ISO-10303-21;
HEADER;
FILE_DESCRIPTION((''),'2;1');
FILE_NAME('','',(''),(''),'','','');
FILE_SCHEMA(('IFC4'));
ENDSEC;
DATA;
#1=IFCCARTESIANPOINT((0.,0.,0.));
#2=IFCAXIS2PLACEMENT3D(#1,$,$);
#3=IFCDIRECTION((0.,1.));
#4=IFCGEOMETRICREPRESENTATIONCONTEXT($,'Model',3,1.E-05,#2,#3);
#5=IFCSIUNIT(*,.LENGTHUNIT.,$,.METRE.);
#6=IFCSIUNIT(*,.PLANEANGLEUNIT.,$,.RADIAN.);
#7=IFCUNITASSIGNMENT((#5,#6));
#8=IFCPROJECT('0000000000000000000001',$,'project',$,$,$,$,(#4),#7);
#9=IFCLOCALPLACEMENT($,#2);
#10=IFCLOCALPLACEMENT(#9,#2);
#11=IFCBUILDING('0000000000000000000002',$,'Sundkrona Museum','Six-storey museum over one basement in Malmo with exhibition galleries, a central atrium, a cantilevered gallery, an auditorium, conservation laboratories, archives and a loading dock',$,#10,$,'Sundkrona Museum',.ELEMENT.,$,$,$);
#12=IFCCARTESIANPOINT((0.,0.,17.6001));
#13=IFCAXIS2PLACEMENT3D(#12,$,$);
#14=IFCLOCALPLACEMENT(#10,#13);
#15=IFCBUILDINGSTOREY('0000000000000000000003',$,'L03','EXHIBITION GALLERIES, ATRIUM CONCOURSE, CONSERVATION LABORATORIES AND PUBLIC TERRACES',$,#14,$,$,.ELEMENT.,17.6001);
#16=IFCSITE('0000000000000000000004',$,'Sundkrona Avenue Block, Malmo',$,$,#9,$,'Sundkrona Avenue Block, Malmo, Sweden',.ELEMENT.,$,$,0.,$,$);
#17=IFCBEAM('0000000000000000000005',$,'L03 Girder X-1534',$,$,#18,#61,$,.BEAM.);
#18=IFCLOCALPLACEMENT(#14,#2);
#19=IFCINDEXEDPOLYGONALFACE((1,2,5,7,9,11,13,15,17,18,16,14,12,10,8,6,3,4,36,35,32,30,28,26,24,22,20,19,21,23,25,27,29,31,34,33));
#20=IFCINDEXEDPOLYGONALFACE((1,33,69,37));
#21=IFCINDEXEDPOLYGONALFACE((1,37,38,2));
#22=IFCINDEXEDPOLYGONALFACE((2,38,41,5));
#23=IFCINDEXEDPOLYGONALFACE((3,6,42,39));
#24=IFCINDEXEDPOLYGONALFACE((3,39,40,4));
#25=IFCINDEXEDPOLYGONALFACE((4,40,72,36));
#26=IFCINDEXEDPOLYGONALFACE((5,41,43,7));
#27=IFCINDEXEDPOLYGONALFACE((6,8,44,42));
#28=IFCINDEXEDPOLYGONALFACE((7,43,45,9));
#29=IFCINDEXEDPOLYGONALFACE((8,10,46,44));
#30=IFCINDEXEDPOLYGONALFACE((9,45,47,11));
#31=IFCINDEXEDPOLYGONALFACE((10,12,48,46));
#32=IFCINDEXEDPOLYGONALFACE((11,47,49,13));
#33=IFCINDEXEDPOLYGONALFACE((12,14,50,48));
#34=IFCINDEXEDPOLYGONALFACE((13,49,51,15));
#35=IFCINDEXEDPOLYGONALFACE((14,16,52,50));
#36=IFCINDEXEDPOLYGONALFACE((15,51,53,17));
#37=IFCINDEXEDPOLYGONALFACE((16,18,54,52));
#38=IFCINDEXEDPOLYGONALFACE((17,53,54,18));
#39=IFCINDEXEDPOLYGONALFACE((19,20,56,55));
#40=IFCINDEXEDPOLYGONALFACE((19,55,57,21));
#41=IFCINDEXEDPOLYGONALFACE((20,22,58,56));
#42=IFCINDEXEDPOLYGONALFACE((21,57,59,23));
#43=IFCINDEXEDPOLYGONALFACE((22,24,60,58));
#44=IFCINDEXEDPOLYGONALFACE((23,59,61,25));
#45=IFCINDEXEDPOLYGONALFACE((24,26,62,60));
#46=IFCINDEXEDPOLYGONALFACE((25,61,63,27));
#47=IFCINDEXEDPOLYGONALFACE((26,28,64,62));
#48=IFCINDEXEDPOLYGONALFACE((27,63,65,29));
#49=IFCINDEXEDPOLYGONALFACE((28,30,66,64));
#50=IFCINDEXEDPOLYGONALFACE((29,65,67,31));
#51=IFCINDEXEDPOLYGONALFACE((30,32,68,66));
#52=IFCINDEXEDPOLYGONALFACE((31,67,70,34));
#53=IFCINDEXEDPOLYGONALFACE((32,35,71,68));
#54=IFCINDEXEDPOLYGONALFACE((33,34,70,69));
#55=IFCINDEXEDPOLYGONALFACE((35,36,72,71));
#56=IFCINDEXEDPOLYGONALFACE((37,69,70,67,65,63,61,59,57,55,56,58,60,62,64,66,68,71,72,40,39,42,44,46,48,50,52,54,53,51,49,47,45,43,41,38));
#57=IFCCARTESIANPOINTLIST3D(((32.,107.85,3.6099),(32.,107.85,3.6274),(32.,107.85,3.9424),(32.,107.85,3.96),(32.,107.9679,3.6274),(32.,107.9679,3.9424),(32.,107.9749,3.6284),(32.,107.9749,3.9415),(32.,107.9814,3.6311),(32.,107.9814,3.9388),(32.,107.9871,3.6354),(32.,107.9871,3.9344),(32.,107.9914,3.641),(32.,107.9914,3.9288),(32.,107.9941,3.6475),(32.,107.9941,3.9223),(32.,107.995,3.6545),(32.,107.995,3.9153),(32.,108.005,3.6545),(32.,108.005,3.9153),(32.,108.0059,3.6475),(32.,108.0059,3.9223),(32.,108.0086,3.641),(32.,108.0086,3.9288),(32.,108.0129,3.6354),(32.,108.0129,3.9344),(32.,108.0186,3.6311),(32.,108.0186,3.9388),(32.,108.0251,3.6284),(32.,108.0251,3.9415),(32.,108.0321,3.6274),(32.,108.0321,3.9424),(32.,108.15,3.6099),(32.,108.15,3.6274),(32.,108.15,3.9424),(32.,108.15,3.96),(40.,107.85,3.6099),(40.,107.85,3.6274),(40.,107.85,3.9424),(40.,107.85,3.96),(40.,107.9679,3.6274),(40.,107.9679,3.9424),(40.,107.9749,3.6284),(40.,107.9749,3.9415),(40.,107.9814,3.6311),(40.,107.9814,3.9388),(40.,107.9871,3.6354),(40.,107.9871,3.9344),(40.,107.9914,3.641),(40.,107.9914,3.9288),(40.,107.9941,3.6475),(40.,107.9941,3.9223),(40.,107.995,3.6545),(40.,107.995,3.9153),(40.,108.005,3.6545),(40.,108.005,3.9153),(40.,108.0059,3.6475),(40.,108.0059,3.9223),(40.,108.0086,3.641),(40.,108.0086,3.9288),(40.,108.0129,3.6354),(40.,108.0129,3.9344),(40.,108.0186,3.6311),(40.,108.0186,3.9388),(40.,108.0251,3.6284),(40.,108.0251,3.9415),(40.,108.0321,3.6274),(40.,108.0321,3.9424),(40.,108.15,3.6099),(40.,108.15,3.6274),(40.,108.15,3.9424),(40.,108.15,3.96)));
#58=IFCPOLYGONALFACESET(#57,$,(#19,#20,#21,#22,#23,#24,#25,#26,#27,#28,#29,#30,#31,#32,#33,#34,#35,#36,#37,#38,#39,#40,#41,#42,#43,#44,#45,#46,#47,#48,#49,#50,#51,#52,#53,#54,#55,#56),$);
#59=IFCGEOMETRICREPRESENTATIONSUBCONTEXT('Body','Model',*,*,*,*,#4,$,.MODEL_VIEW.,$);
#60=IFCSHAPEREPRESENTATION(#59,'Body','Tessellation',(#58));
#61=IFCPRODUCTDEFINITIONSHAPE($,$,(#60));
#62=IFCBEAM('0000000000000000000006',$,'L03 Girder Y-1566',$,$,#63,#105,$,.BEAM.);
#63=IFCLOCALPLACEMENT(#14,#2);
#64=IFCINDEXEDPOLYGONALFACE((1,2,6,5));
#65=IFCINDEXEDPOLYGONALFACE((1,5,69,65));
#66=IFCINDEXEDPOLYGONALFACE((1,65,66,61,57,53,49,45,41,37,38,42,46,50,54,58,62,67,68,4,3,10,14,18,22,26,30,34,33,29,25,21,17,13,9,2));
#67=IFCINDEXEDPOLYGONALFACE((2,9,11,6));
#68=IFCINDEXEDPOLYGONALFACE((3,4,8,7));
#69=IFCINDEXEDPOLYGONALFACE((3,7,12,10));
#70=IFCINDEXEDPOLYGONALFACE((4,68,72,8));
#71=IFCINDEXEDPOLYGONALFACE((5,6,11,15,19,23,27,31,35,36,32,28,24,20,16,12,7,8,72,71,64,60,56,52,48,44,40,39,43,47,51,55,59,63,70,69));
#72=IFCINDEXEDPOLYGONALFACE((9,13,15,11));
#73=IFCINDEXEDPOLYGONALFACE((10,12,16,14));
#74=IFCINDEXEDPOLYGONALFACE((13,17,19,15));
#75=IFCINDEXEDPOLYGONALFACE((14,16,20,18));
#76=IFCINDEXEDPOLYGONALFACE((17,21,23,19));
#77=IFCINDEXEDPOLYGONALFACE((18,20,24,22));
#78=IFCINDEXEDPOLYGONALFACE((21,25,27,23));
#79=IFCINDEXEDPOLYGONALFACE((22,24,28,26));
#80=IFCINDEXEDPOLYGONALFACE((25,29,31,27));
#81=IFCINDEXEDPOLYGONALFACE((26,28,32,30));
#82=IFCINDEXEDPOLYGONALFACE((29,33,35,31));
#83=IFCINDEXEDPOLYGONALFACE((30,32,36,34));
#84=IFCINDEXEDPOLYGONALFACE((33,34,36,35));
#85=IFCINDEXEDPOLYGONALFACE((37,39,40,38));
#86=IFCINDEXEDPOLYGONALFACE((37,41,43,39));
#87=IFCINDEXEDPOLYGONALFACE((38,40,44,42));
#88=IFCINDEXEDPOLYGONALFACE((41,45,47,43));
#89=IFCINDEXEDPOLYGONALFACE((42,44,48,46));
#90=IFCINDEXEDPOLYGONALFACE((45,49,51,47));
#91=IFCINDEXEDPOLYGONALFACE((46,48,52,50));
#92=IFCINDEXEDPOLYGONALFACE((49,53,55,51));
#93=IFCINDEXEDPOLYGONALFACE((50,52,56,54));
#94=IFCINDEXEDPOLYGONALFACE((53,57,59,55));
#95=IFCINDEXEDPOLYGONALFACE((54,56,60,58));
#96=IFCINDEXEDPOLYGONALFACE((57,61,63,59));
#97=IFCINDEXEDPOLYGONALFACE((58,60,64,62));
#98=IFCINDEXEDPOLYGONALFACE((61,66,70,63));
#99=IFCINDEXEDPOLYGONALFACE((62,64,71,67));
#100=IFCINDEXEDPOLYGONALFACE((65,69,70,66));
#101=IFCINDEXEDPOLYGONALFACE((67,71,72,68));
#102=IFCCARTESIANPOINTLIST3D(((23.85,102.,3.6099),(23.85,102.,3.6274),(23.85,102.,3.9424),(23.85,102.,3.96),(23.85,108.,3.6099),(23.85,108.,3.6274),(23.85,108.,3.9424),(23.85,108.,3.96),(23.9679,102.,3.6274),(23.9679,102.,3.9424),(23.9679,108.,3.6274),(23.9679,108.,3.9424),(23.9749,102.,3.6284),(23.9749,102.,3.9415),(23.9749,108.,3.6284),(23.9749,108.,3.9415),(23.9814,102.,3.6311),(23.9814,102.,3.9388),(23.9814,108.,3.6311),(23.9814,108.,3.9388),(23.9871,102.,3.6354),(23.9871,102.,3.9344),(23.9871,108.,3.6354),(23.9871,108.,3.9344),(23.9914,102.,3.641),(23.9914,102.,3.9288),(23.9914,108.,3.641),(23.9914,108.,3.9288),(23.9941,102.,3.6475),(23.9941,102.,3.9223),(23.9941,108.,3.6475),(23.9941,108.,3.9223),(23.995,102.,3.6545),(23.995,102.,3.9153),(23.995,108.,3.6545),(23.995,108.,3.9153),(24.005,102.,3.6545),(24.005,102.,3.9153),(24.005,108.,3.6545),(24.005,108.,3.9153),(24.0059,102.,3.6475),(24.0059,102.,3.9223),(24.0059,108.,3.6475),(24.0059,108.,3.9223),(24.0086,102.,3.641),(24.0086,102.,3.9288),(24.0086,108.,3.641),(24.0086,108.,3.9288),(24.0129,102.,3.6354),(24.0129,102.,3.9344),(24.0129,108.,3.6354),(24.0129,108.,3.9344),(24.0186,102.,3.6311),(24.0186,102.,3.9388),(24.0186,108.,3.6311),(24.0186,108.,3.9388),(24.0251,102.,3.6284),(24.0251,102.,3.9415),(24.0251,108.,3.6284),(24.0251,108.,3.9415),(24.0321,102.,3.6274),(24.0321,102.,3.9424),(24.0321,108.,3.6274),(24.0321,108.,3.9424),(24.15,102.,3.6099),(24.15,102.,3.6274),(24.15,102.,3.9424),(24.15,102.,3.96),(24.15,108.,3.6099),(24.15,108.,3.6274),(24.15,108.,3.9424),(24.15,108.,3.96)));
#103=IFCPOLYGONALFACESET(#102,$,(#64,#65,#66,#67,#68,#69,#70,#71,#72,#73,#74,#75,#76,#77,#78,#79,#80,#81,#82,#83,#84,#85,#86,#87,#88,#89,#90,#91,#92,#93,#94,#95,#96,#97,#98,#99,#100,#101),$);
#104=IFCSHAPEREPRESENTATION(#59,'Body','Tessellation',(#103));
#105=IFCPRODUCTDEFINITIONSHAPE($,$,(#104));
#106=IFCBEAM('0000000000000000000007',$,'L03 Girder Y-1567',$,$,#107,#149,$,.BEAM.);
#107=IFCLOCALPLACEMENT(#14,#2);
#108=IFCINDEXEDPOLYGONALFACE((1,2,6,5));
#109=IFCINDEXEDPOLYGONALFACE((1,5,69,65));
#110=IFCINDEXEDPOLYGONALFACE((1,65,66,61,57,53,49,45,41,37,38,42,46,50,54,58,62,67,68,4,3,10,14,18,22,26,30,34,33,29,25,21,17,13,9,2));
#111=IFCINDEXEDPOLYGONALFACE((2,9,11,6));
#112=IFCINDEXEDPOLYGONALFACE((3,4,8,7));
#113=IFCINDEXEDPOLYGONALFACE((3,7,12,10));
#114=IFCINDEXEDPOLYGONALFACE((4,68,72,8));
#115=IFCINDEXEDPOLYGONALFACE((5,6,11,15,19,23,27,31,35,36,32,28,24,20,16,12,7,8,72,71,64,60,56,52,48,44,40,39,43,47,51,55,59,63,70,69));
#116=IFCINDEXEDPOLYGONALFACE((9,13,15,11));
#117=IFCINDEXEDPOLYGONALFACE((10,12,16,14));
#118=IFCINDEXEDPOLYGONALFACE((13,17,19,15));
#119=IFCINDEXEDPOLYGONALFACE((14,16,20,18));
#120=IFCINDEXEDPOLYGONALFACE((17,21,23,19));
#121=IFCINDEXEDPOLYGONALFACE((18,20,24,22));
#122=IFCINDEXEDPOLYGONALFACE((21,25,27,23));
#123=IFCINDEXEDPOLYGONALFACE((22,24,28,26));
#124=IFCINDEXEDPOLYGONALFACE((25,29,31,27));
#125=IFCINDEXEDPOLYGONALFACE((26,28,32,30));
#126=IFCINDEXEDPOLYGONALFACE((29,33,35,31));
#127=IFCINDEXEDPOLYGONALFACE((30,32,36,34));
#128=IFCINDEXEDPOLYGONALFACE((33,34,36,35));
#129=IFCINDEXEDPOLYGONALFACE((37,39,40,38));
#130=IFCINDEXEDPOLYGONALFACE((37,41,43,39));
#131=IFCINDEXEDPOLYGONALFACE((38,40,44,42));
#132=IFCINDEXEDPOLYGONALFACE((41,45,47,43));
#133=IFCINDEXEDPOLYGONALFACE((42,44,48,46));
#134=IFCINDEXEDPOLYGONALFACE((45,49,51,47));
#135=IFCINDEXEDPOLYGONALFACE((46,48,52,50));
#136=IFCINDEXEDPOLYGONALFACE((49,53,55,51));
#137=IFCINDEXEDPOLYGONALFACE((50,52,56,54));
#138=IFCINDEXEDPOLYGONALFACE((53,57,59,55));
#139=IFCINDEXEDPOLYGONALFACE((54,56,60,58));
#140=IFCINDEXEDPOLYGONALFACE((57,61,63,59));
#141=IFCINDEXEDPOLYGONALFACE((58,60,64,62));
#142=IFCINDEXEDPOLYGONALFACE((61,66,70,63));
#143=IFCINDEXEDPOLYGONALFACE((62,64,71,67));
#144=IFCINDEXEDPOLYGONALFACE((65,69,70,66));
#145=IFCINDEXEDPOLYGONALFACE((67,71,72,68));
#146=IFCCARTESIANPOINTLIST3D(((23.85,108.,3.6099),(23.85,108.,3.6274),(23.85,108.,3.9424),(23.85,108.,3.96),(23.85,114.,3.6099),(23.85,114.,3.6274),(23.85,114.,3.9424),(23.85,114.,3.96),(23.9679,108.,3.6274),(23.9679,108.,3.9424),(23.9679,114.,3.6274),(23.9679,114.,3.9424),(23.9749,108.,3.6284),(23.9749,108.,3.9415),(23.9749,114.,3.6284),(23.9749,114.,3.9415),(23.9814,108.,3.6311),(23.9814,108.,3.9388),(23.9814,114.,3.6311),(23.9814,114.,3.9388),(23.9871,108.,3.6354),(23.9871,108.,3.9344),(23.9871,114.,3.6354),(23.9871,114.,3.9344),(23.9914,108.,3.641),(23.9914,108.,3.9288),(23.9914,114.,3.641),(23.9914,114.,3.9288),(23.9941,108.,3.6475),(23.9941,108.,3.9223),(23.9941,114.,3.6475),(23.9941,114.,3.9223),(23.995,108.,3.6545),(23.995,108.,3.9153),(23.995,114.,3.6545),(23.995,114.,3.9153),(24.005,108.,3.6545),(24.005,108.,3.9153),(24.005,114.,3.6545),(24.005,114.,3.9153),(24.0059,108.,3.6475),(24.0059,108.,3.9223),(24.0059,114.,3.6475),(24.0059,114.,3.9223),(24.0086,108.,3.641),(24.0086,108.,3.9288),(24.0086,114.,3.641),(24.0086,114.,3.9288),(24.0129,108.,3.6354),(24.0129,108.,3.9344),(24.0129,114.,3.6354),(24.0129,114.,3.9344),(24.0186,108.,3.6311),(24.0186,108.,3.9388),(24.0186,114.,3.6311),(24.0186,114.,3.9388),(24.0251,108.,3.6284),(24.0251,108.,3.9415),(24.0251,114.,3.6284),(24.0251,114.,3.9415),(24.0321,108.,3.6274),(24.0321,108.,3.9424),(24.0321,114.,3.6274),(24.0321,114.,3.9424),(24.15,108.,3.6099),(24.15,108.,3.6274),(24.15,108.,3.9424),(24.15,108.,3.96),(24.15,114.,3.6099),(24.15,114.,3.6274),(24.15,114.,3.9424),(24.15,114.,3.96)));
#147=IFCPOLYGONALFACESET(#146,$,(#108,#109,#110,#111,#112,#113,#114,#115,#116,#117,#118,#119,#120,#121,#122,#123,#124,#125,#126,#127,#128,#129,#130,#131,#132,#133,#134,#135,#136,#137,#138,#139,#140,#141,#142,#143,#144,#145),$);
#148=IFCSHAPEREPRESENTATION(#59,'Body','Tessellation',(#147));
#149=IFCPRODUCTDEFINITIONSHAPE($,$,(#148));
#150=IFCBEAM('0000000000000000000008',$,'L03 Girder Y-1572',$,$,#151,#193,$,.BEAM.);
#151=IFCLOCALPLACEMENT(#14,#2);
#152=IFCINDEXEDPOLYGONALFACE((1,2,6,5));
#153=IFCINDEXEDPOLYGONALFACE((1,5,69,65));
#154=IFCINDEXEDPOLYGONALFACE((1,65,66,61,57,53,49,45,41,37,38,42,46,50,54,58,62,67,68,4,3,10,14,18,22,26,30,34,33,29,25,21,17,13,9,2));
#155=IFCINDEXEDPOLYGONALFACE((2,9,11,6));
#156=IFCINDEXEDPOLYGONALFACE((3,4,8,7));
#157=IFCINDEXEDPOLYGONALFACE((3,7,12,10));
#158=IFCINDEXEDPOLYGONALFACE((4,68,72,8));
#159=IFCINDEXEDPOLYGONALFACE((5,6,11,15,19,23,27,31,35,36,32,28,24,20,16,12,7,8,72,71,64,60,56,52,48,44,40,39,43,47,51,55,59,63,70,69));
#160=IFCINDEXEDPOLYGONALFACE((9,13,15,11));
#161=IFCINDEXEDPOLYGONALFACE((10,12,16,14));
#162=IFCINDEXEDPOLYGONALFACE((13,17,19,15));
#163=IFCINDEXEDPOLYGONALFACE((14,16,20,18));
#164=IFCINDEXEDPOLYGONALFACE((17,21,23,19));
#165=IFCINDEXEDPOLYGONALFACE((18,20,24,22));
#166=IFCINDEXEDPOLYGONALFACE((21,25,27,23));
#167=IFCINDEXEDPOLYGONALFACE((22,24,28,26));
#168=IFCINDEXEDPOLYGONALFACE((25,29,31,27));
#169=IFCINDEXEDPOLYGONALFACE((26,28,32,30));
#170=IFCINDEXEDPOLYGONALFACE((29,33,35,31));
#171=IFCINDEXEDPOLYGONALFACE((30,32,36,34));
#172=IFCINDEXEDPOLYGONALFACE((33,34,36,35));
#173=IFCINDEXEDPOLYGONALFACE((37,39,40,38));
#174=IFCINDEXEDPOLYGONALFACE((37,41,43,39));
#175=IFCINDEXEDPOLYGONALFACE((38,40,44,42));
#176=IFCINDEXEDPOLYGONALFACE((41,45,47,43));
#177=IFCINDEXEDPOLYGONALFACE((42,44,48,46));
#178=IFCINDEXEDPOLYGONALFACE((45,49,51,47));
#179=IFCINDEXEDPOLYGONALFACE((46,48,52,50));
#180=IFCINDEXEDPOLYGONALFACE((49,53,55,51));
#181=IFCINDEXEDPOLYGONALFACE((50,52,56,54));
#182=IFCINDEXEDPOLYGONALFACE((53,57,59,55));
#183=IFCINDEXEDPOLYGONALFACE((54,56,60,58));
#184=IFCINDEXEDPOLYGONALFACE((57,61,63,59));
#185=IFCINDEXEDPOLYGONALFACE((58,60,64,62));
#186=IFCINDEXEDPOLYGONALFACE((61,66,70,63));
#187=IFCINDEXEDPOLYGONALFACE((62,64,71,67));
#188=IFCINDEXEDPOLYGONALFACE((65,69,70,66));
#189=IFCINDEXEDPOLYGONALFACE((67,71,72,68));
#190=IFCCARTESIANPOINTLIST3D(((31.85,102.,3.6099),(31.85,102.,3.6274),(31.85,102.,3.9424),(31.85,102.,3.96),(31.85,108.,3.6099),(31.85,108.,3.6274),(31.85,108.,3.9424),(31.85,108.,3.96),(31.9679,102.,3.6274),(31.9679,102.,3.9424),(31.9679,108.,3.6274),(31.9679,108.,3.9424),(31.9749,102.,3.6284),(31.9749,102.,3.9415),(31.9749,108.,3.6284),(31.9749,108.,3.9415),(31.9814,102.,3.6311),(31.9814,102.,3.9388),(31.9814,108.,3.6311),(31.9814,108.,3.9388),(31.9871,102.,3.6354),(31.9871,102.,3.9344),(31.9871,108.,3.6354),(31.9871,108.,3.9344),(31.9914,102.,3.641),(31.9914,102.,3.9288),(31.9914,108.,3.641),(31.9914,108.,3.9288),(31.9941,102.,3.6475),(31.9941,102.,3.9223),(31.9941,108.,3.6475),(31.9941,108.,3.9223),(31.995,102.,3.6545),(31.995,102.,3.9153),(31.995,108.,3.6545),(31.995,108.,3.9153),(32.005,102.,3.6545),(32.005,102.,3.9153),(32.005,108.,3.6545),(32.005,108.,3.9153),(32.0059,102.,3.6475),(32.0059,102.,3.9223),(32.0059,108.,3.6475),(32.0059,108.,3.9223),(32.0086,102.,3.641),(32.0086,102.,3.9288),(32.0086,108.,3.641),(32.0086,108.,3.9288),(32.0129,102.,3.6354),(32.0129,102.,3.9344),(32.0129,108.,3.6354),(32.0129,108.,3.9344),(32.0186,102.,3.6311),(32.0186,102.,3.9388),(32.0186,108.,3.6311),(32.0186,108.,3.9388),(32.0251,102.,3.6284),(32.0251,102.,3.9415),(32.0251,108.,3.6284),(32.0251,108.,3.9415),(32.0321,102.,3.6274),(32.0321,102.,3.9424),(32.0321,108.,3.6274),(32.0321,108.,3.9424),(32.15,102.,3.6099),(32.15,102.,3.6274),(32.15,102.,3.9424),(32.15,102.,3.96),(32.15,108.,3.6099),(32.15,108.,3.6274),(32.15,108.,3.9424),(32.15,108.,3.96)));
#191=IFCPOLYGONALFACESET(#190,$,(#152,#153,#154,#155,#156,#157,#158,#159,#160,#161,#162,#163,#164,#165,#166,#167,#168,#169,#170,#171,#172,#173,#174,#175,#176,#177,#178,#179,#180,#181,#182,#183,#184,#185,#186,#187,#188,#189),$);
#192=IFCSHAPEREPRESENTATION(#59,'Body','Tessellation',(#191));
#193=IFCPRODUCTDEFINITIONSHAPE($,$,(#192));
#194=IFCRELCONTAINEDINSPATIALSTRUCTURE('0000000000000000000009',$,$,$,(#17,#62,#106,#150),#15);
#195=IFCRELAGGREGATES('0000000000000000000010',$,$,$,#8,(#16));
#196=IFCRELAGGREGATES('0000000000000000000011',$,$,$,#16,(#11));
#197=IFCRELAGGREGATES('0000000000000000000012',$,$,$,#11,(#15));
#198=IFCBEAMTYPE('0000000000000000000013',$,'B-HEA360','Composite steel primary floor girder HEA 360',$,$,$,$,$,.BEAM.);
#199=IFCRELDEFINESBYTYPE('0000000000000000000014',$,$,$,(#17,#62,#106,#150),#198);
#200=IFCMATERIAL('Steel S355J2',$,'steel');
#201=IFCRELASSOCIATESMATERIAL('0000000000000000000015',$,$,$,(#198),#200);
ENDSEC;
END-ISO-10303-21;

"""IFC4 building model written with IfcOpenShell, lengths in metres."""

from ifc_helpers import new_model, si_unit, direction, frame, origin, origin_2d, place, context, subcontext, project, spatial, i_section, extrude, material, material_profile, profile_set, type_object, element, save


model = new_model("IFC4")

# Units and contexts
model_context = context("Model", 3, precision=1e-05, world=origin(), true_north=direction((0.0, 1.0)))
body_context = subcontext(model_context, "Body", "Model", "MODEL_VIEW")
ifc_project = project(units=[si_unit("LENGTHUNIT", "METRE"), si_unit("PLANEANGLEUNIT", "RADIAN")], contexts=[model_context])

# Site, building, storey
site_placement = place(None, origin())
site = spatial("IfcSite", under=ifc_project, at=site_placement, Name="Sundkrona Avenue Block, Malmo", LongName="Sundkrona Avenue Block, Malmo, Sweden", CompositionType="ELEMENT", RefElevation=0.0)
building_placement = place(site_placement, origin())
building = spatial("IfcBuilding", under=site, at=building_placement, Name="Sundkrona Museum", Description="Six-storey museum over one basement in Malmo with exhibition galleries, a central atrium, a cantilevered gallery, an auditorium, conservation laboratories, archives and a loading dock", LongName="Sundkrona Museum", CompositionType="ELEMENT")
storey_placement = place(building_placement, frame((0.0, 0.0, 17.6001)))
storey = spatial("IfcBuildingStorey", under=building, at=storey_placement, Name="L03", Description="EXHIBITION GALLERIES, ATRIUM CONCOURSE, CONSERVATION LABORATORIES AND PUBLIC TERRACES", CompositionType="ELEMENT", Elevation=17.6001)

# Shared definitions
ifc_material_1 = material(Name="Steel S355J2", Category="steel")

# Beams
ifc_material_profile_1 = material_profile(ifc_material_1, i_section(OverallWidth=0.3, OverallDepth=0.3501, WebThickness=0.01, FlangeThickness=0.0176, FilletRadius=0.0271, at=origin_2d()), Name="HEA 360")
ifc_profile_set_1 = profile_set([ifc_material_profile_1], Name="Steel S355J2")
beam_type_1 = type_object("IfcBeamType", Name="B-HEA360", Description="Composite steel primary floor girder HEA 360", PredefinedType="BEAM", material=ifc_profile_set_1)
for number, where, z_axis, x_axis, name in (
    (1, (32.0, 108.0, 3.7849), (1.0, 0.0, 0.0), (0.0, 1.0, 0.0), "L03 Girder X-1534"),
):
    element("IfcBeam", number, at=place(storey_placement, frame(where, z_axis=z_axis, x_axis=x_axis)), inside=storey, type_object=beam_type_1, Name=name, PredefinedType="BEAM", context=body_context, shape_type="SweptSolid", body=[
        extrude(i_section(OverallWidth=0.3, OverallDepth=0.3501, WebThickness=0.01, FlangeThickness=0.0176, FilletRadius=0.0271, at=origin_2d()), origin(), (0.0, 0.0, 1.0), 8.0),
    ])
for number, where, z_axis, x_axis, name in (
    (2, (24.0, 102.0, 3.7849), (0.0, 1.0, 0.0), (-1.0, 0.0, 0.0), "L03 Girder Y-1566"),
    (3, (24.0, 108.0, 3.7849), (0.0, 1.0, 0.0), (-1.0, 0.0, 0.0), "L03 Girder Y-1567"),
    (4, (32.0, 102.0, 3.7849), (0.0, 1.0, 0.0), (-1.0, 0.0, 0.0), "L03 Girder Y-1572"),
):
    element("IfcBeam", number, at=place(storey_placement, frame(where, z_axis=z_axis, x_axis=x_axis)), inside=storey, type_object=beam_type_1, Name=name, PredefinedType="BEAM", context=body_context, shape_type="SweptSolid", body=[
        extrude(i_section(OverallWidth=0.3, OverallDepth=0.3501, WebThickness=0.01, FlangeThickness=0.0176, FilletRadius=0.0271, at=origin_2d()), origin(), (0.0, 0.0, 1.0), 6.0),
    ])

save(model, "model.ifc")
